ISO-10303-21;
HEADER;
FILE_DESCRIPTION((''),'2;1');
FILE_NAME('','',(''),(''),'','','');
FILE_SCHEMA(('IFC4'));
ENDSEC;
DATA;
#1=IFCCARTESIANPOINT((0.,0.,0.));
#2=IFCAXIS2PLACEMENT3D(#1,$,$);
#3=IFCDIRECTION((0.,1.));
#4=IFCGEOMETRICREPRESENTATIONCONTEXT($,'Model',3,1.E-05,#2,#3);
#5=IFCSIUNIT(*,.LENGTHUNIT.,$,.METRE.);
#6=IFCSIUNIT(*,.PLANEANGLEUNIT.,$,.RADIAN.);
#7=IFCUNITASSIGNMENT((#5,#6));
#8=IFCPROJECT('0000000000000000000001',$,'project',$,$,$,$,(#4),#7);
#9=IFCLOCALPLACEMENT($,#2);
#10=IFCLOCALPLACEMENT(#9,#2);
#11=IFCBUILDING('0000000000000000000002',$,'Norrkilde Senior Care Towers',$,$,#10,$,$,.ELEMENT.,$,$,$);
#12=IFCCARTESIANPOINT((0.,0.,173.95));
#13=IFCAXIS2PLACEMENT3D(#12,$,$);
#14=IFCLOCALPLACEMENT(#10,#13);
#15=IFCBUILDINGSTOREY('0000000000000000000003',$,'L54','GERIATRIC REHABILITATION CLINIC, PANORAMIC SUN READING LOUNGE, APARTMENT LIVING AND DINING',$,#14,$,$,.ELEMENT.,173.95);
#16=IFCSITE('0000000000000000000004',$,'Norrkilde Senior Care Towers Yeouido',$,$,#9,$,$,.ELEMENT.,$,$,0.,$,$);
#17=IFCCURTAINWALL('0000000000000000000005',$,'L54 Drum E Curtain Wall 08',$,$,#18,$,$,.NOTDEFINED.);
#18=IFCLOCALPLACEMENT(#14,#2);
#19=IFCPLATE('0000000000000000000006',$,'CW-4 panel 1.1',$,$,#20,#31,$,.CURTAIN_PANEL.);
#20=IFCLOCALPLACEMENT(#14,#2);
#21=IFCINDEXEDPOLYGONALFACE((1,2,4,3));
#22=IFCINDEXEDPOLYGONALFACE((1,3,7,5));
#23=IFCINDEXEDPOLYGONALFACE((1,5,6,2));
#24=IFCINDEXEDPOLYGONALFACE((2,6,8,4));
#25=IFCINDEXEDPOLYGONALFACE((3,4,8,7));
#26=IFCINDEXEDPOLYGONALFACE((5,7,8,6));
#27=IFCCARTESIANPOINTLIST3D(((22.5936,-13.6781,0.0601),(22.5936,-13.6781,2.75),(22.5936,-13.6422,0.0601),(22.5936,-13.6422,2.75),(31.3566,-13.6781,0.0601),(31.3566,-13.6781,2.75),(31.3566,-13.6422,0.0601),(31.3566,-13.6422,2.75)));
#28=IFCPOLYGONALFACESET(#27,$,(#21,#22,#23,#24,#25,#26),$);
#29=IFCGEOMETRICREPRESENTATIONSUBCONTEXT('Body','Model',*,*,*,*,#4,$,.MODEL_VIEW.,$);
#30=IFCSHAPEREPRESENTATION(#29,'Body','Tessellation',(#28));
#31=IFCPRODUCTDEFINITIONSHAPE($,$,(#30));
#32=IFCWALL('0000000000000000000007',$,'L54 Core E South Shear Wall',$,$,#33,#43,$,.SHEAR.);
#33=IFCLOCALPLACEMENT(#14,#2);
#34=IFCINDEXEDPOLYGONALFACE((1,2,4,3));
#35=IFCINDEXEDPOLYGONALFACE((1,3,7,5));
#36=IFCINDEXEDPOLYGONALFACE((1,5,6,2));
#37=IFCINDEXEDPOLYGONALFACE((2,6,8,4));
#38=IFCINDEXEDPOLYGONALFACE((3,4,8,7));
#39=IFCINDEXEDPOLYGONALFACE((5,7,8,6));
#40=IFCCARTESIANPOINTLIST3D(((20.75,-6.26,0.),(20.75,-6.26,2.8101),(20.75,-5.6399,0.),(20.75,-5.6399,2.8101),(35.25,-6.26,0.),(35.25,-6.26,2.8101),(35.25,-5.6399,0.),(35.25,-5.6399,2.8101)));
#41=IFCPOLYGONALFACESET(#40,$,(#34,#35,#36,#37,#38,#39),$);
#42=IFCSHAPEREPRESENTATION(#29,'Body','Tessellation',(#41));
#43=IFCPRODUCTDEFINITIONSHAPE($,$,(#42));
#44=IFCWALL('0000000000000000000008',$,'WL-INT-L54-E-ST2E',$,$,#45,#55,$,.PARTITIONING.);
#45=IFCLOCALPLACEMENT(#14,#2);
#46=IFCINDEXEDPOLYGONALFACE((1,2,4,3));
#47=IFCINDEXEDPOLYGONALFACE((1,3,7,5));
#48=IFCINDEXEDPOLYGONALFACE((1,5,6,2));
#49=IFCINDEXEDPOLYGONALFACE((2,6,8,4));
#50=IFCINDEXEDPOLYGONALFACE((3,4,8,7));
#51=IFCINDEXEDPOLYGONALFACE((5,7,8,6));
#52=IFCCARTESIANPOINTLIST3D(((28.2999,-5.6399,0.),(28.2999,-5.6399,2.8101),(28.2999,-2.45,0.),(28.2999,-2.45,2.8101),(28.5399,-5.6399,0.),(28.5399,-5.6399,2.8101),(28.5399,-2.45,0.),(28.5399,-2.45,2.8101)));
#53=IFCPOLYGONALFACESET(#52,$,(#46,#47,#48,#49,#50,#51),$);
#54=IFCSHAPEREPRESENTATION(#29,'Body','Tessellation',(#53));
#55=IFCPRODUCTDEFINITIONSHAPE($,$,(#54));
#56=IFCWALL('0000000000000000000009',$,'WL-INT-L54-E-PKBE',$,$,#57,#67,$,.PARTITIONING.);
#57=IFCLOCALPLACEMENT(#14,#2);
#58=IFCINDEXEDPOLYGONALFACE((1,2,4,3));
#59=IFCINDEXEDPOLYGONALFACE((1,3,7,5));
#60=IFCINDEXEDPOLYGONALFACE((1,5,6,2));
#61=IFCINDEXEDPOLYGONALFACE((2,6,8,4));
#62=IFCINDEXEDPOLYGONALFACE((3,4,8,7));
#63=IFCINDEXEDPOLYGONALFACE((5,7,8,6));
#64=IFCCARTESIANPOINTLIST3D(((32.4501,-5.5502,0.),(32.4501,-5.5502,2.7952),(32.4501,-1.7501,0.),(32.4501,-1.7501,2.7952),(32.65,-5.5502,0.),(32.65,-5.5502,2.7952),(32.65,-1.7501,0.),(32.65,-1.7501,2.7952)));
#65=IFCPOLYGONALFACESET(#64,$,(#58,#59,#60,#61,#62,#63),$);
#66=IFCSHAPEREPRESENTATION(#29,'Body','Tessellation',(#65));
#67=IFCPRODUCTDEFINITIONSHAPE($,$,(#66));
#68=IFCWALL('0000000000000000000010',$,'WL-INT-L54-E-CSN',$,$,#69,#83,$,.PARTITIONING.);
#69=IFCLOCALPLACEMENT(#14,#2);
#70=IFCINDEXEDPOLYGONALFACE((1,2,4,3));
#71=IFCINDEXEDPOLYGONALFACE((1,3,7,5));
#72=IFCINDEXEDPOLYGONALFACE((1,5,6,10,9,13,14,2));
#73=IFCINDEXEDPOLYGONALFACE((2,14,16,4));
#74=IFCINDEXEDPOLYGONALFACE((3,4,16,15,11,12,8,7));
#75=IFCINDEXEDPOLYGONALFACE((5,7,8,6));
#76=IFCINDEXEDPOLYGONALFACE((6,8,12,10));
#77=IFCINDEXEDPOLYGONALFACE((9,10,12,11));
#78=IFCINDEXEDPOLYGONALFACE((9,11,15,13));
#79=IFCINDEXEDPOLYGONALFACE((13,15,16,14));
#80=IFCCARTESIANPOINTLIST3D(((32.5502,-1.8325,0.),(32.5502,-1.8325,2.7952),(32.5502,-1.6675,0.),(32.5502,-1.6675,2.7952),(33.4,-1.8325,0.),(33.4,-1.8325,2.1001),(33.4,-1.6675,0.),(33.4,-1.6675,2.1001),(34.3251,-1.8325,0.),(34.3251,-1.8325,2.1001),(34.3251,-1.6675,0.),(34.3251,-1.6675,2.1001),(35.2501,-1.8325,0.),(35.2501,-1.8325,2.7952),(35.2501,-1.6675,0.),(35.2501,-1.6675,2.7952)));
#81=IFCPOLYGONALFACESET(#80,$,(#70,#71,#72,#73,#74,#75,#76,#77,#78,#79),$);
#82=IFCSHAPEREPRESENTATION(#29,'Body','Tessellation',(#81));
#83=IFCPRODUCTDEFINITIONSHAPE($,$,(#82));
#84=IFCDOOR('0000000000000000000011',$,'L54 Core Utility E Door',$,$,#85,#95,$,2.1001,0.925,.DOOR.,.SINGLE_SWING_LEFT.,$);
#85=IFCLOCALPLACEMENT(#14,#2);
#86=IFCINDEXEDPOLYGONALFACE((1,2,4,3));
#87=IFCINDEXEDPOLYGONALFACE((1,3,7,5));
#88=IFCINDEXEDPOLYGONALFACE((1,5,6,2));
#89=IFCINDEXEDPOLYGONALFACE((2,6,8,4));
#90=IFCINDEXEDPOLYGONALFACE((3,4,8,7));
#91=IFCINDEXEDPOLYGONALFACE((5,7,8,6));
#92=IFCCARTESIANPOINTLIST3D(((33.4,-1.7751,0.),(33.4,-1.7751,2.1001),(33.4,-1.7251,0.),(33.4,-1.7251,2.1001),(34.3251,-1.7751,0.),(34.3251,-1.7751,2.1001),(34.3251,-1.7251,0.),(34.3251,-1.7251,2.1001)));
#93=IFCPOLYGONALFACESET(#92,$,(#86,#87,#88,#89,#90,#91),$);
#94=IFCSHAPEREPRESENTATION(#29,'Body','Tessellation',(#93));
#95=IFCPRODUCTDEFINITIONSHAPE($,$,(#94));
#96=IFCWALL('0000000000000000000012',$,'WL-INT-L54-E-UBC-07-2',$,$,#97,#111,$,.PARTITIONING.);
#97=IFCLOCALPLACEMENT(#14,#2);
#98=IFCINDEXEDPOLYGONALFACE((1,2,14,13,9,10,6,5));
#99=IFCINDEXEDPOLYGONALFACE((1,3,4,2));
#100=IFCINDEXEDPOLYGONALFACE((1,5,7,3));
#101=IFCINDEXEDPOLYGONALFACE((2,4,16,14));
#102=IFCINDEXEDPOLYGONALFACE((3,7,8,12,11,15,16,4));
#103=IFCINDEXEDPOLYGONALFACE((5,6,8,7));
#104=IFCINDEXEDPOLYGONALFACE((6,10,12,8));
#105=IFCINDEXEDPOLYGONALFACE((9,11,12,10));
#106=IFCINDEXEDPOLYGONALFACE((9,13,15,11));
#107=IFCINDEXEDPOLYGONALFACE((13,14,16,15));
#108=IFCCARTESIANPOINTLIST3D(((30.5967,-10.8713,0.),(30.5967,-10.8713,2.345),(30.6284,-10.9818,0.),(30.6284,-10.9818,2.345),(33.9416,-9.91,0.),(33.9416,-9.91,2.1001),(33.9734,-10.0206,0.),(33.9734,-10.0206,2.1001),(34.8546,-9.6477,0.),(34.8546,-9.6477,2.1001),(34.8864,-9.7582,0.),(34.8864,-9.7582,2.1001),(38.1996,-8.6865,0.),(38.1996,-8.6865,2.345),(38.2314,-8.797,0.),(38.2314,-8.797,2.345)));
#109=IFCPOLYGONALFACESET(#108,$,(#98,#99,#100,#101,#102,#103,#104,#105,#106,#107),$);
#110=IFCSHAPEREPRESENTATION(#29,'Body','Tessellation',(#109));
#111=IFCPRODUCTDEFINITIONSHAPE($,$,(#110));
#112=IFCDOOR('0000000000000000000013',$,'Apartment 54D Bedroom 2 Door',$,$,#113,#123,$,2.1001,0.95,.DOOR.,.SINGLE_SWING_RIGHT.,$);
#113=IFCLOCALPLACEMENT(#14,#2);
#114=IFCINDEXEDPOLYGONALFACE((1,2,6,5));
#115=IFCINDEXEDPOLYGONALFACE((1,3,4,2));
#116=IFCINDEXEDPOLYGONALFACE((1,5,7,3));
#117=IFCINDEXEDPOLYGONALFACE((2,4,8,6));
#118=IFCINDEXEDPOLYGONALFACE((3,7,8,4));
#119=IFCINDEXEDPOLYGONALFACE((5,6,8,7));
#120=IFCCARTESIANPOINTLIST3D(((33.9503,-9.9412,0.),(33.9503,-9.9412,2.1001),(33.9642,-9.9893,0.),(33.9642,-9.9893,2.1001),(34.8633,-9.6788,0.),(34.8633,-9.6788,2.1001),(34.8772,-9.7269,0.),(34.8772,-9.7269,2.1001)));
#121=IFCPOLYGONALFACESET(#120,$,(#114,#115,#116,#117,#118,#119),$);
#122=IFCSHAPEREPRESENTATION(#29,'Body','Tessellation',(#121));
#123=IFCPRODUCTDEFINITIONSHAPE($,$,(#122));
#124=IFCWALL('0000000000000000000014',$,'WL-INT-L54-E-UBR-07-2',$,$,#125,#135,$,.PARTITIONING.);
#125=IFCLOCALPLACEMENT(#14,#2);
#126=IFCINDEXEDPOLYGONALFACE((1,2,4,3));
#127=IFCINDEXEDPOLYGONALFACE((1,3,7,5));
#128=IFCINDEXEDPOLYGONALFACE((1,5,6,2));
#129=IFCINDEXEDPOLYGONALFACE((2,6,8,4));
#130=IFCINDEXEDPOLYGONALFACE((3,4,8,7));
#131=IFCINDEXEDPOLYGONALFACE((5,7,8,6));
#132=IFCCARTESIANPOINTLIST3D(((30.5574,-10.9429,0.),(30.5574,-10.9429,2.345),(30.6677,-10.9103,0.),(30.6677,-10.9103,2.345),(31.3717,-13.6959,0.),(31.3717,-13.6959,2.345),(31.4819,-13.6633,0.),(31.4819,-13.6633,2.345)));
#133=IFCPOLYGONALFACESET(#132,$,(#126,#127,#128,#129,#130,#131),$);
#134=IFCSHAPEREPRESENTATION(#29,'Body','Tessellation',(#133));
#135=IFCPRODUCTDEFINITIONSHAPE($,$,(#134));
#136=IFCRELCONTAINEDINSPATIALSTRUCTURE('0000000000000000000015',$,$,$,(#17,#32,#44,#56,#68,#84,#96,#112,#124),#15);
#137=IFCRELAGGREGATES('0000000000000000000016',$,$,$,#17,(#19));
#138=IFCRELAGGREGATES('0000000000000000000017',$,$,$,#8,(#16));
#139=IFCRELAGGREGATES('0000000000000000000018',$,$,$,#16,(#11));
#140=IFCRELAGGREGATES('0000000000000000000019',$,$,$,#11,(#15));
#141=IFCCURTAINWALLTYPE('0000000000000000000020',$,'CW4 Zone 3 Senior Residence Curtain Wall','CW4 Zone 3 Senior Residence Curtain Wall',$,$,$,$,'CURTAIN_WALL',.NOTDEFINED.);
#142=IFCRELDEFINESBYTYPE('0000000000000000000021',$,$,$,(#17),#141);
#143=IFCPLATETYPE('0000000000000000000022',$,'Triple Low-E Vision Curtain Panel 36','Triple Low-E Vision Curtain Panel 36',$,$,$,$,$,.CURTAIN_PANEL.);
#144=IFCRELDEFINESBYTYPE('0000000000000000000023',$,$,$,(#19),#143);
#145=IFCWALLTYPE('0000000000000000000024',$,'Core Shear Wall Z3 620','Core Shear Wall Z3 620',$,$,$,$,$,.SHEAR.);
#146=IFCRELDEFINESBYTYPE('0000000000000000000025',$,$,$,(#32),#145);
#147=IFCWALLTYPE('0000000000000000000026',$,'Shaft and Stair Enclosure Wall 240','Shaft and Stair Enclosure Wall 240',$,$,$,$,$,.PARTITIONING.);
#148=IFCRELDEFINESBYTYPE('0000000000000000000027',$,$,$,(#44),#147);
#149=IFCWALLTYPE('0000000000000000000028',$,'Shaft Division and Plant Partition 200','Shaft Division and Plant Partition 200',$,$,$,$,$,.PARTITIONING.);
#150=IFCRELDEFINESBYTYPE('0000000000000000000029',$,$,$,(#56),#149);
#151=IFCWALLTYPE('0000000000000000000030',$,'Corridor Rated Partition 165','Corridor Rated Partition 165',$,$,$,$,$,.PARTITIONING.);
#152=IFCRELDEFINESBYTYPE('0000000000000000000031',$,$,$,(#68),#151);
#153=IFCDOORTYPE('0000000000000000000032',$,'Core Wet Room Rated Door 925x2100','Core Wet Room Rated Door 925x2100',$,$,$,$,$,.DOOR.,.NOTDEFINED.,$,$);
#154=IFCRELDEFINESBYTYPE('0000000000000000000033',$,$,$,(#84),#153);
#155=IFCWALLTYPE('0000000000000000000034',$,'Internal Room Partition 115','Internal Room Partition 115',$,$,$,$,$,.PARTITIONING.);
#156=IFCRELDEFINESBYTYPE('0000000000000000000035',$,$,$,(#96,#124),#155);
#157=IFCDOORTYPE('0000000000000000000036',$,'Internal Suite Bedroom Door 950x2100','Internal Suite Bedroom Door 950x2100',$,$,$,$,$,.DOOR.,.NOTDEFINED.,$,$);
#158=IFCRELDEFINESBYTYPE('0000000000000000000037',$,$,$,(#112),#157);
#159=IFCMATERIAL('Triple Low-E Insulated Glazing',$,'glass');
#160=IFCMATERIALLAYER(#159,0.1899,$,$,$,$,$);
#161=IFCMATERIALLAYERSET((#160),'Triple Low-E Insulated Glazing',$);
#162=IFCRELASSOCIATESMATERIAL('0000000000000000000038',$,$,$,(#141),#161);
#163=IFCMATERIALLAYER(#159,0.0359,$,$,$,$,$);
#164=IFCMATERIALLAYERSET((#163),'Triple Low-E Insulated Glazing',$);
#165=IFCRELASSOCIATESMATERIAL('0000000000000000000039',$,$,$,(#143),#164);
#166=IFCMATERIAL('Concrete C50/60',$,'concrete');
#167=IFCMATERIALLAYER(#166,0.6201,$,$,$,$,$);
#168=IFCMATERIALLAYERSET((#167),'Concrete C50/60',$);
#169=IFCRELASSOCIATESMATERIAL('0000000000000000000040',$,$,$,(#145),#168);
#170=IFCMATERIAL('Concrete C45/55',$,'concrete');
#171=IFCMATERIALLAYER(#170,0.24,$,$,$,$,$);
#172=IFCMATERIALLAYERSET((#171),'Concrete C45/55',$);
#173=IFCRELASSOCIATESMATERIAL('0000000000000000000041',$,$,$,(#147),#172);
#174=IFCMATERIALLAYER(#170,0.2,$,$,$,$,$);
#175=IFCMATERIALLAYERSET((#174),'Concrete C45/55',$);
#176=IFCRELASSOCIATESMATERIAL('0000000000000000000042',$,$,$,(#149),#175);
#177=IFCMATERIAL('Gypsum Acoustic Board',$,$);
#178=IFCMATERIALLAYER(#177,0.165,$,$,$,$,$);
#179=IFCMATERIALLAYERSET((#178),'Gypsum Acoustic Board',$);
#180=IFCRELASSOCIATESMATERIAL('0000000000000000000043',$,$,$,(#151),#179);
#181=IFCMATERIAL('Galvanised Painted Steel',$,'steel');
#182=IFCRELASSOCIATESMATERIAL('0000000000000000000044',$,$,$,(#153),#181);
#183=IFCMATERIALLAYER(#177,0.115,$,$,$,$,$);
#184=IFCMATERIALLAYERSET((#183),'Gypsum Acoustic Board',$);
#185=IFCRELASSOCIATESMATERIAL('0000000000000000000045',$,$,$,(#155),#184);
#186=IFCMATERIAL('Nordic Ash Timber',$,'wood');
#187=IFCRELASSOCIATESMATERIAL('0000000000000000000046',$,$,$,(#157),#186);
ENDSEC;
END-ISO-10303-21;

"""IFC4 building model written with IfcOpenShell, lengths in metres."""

from ifc_helpers import new_model, si_unit, direction, frame, frame_2d, origin, origin_2d, place, context, subcontext, project, spatial, rectangle, extrude, source, transform, mapped, material, layer, layer_set, type_object, type_shapes, element, fill, aggregate, save


model = new_model("IFC4")

# Units and contexts
model_context = context("Model", 3, precision=1e-05, world=origin(), true_north=direction((0.0, 1.0)))
body_context = subcontext(model_context, "Body", "Model", "MODEL_VIEW")
ifc_project = project(units=[si_unit("LENGTHUNIT", "METRE"), si_unit("PLANEANGLEUNIT", "RADIAN")], contexts=[model_context])

# Site, building, storey
site_placement = place(None, origin())
site = spatial("IfcSite", under=ifc_project, at=site_placement, Name="Norrkilde Senior Care Towers Yeouido", CompositionType="ELEMENT", RefElevation=0.0)
building_placement = place(site_placement, origin())
building = spatial("IfcBuilding", under=site, at=building_placement, Name="Norrkilde Senior Care Towers", CompositionType="ELEMENT")
storey_placement = place(building_placement, frame((0.0, 0.0, 173.95)))
storey = spatial("IfcBuildingStorey", under=building, at=storey_placement, Name="L54", Description="GERIATRIC REHABILITATION CLINIC, PANORAMIC SUN READING LOUNGE, APARTMENT LIVING AND DINING", CompositionType="ELEMENT", Elevation=173.95)

# Shared definitions
ifc_material_1 = material(Name="Concrete C50/60", Category="concrete")

# Curtain wall
ifc_material_2 = material(Name="Triple Low-E Insulated Glazing", Category="glass")
ifc_layer_1 = layer(ifc_material_2, 0.1899)
ifc_layer_set_1 = layer_set([ifc_layer_1], Name="Triple Low-E Insulated Glazing")
curtain_wall_type = type_object("IfcCurtainWallType", Name="CW4 Zone 3 Senior Residence Curtain Wall", Description="CW4 Zone 3 Senior Residence Curtain Wall", ElementType="CURTAIN_WALL", PredefinedType="NOTDEFINED", material=ifc_layer_set_1)
curtain_wall_1_placement = place(storey_placement, origin())
curtain_wall_1 = element("IfcCurtainWall", 1, at=curtain_wall_1_placement, inside=storey, type_object=curtain_wall_type, Name="L54 Drum E Curtain Wall 08", PredefinedType="NOTDEFINED")

# Plate
ifc_layer_2 = layer(ifc_material_2, 0.0359)
ifc_layer_set_2 = layer_set([ifc_layer_2], Name="Triple Low-E Insulated Glazing")
plate_type = type_object("IfcPlateType", Name="Triple Low-E Vision Curtain Panel 36", Description="Triple Low-E Vision Curtain Panel 36", PredefinedType="CURTAIN_PANEL", material=ifc_layer_set_2)
shared_shape_1 = source(origin(), body_context, "Body", "SweptSolid", [
    extrude(rectangle(XDim=8.7629, YDim=0.0359, at=origin_2d()), origin(), (0.0, 0.0, 1.0), 2.6899),
])
plate_1_placement = place(storey_placement, frame((26.9751, -13.6602, 0.0601), z_axis=(0.0, 0.0, 1.0), x_axis=(-1.0, 0.0, 0.0)))
plate_1 = element("IfcPlate", 2, at=plate_1_placement, type_object=plate_type, Name="CW-4 panel 1.1", PredefinedType="CURTAIN_PANEL", context=body_context, shape_type="MappedRepresentation", body=[
    mapped(shared_shape_1, transform((0.0, 0.0, 0.0), x_axis=(1.0, 0.0, 0.0), y_axis=(0.0, 1.0, 0.0), z_axis=(0.0, 0.0, 1.0), scale=1.0)),
])
aggregate(curtain_wall_1, [plate_1])

# Walls
ifc_layer_3 = layer(ifc_material_1, 0.6201)
ifc_layer_set_3 = layer_set([ifc_layer_3], Name="Concrete C50/60")
wall_type_1 = type_object("IfcWallType", Name="Core Shear Wall Z3 620", Description="Core Shear Wall Z3 620", PredefinedType="SHEAR", material=ifc_layer_set_3)
shared_shape_2 = source(origin(), body_context, "Body", "SweptSolid", [
    extrude(rectangle(XDim=14.5, YDim=0.6201, at=frame_2d((7.25, 0.0))), origin(), (0.0, 0.0, 1.0), 2.8101),
])
type_shapes(wall_type_1, [shared_shape_2])
wall_1_placement = place(storey_placement, frame((35.25, -5.95, 0.0), z_axis=(0.0, 0.0, 1.0), x_axis=(-1.0, 0.0, 0.0)))
element("IfcWall", 3, at=wall_1_placement, inside=storey, type_object=wall_type_1, Name="L54 Core E South Shear Wall", PredefinedType="SHEAR", context=body_context, shape_type="MappedRepresentation", body=[
    mapped(shared_shape_2, transform((0.0, 0.0, 0.0), x_axis=(1.0, 0.0, 0.0), y_axis=(0.0, 1.0, 0.0), z_axis=(0.0, 0.0, 1.0), scale=1.0)),
])
ifc_material_3 = material(Name="Concrete C45/55", Category="concrete")
ifc_layer_4 = layer(ifc_material_3, 0.24)
ifc_layer_set_4 = layer_set([ifc_layer_4], Name="Concrete C45/55")
wall_type_2 = type_object("IfcWallType", Name="Shaft and Stair Enclosure Wall 240", Description="Shaft and Stair Enclosure Wall 240", PredefinedType="PARTITIONING", material=ifc_layer_set_4)
shared_shape_3 = source(origin(), body_context, "Body", "SweptSolid", [
    extrude(rectangle(XDim=3.1899, YDim=0.24, at=frame_2d((1.595, 0.0))), origin(), (0.0, 0.0, 1.0), 2.8101),
])
type_shapes(wall_type_2, [shared_shape_3])
wall_2_placement = place(storey_placement, frame((28.4199, -5.6399, 0.0), z_axis=(0.0, 0.0, 1.0), x_axis=(0.0, 1.0, 0.0)))
element("IfcWall", 4, at=wall_2_placement, inside=storey, type_object=wall_type_2, Name="WL-INT-L54-E-ST2E", PredefinedType="PARTITIONING", context=body_context, shape_type="MappedRepresentation", body=[
    mapped(shared_shape_3, transform((0.0, 0.0, 0.0), x_axis=(1.0, 0.0, 0.0), y_axis=(0.0, 1.0, 0.0), z_axis=(0.0, 0.0, 1.0), scale=1.0)),
])
ifc_layer_5 = layer(ifc_material_3, 0.2)
ifc_layer_set_5 = layer_set([ifc_layer_5], Name="Concrete C45/55")
wall_type_3 = type_object("IfcWallType", Name="Shaft Division and Plant Partition 200", Description="Shaft Division and Plant Partition 200", PredefinedType="PARTITIONING", material=ifc_layer_set_5)
shared_shape_4 = source(origin(), body_context, "Body", "SweptSolid", [
    extrude(rectangle(XDim=3.8, YDim=0.2, at=frame_2d((1.8999, 0.0))), origin(), (0.0, 0.0, 1.0), 2.7952),
])
type_shapes(wall_type_3, [shared_shape_4])
wall_3_placement = place(storey_placement, frame((32.55, -5.55, 0.0), z_axis=(0.0, 0.0, 1.0), x_axis=(0.0, 1.0, 0.0)))
element("IfcWall", 5, at=wall_3_placement, inside=storey, type_object=wall_type_3, Name="WL-INT-L54-E-PKBE", PredefinedType="PARTITIONING", context=body_context, shape_type="MappedRepresentation", body=[
    mapped(shared_shape_4, transform((0.0, 0.0, 0.0), x_axis=(1.0, 0.0, 0.0), y_axis=(0.0, 1.0, 0.0), z_axis=(0.0, 0.0, 1.0), scale=1.0)),
])

# Walls, openings, doors
ifc_material_4 = material(Name="Gypsum Acoustic Board")
ifc_layer_6 = layer(ifc_material_4, 0.165)
ifc_layer_set_6 = layer_set([ifc_layer_6], Name="Gypsum Acoustic Board")
wall_type_4 = type_object("IfcWallType", Name="Corridor Rated Partition 165", Description="Corridor Rated Partition 165", PredefinedType="PARTITIONING", material=ifc_layer_set_6)
shared_shape_5 = source(origin(), body_context, "Body", "SweptSolid", [
    extrude(rectangle(XDim=2.7, YDim=0.165, at=frame_2d((1.3501, 0.0))), origin(), (0.0, 0.0, 1.0), 2.7952),
])
wall_4_placement = place(storey_placement, frame((32.55, -1.75, 0.0), z_axis=(0.0, 0.0, 1.0), x_axis=(1.0, 0.0, 0.0)))
wall_4 = element("IfcWall", 6, at=wall_4_placement, inside=storey, type_object=wall_type_4, Name="WL-INT-L54-E-CSN", PredefinedType="PARTITIONING", context=body_context, shape_type="MappedRepresentation", body=[
    mapped(shared_shape_5, transform((0.0, 0.0, 0.0), x_axis=(1.0, 0.0, 0.0), y_axis=(0.0, 1.0, 0.0), z_axis=(0.0, 0.0, 1.0), scale=1.0)),
])
opening_1_placement = place(wall_4_placement, frame((0.8501, 0.0, 0.0)))
opening_1 = element("IfcOpeningElement", 7, at=opening_1_placement, cuts=wall_4, PredefinedType="OPENING", context=body_context, shape_type="SweptSolid", body=[
    extrude(rectangle(XDim=0.925, YDim=2.1001, at=frame_2d((0.4624, 1.05))), frame((0.0, 0.0925, 0.0), z_axis=(0.0, -1.0, 0.0), x_axis=(1.0, 0.0, 0.0)), (0.0, 0.0, 1.0), 0.1851),
])
ifc_material_5 = material(Name="Galvanised Painted Steel", Category="steel")
door_type_1 = type_object("IfcDoorType", Name="Core Wet Room Rated Door 925x2100", Description="Core Wet Room Rated Door 925x2100", OperationType="NOTDEFINED", PredefinedType="DOOR", material=ifc_material_5)
shared_shape_6 = source(origin(), body_context, "Body", "SweptSolid", [
    extrude(rectangle(XDim=0.925, YDim=2.1001, at=frame_2d((0.4624, 1.05))), frame((0.0, 0.0249, 0.0), z_axis=(0.0, -1.0, 0.0), x_axis=(1.0, 0.0, 0.0)), (0.0, 0.0, 1.0), 0.05),
])
type_shapes(door_type_1, [shared_shape_6])
door_1_placement = place(opening_1_placement, origin())
door_1 = element("IfcDoor", 8, at=door_1_placement, inside=storey, type_object=door_type_1, Name="L54 Core Utility E Door", OperationType="SINGLE_SWING_LEFT", OverallHeight=2.1001, OverallWidth=0.925, PredefinedType="DOOR", context=body_context, shape_type="MappedRepresentation", body=[
    mapped(shared_shape_6, transform((0.0, 0.0, 0.0), x_axis=(1.0, 0.0, 0.0), y_axis=(0.0, 1.0, 0.0), z_axis=(0.0, 0.0, 1.0), scale=1.0)),
])
fill(opening_1, door_1)
ifc_layer_7 = layer(ifc_material_4, 0.115)
ifc_layer_set_7 = layer_set([ifc_layer_7], Name="Gypsum Acoustic Board")
wall_type_5 = type_object("IfcWallType", Name="Internal Room Partition 115", Description="Internal Room Partition 115", PredefinedType="PARTITIONING", material=ifc_layer_set_7)
shared_shape_7 = source(origin(), body_context, "Body", "SweptSolid", [
    extrude(rectangle(XDim=7.9106, YDim=0.115, at=frame_2d((3.9553, 0.0))), origin(), (0.0, 0.0, 1.0), 2.345),
])
wall_5_placement = place(storey_placement, frame((30.6125, -10.9265, 0.0), z_axis=(0.0, 0.0, 1.0), x_axis=(0.961105, 0.276184, 0.0)))
wall_5 = element("IfcWall", 9, at=wall_5_placement, inside=storey, type_object=wall_type_5, Name="WL-INT-L54-E-UBC-07-2", PredefinedType="PARTITIONING", context=body_context, shape_type="MappedRepresentation", body=[
    mapped(shared_shape_7, transform((0.0, 0.0, 0.0), x_axis=(1.0, 0.0, 0.0), y_axis=(0.0, 1.0, 0.0), z_axis=(0.0, 0.0, 1.0), scale=1.0)),
])
opening_2_placement = place(wall_5_placement, frame((3.4802, 0.0, 0.0)))
opening_2 = element("IfcOpeningElement", 10, at=opening_2_placement, cuts=wall_5, PredefinedType="OPENING", context=body_context, shape_type="SweptSolid", body=[
    extrude(rectangle(XDim=0.95, YDim=2.1001, at=frame_2d((0.4751, 1.05))), frame((0.0, 0.0674, 0.0), z_axis=(0.0, -1.0, 0.0), x_axis=(1.0, 0.0, 0.0)), (0.0, 0.0, 1.0), 0.135),
])
ifc_material_6 = material(Name="Nordic Ash Timber", Category="wood")
door_type_2 = type_object("IfcDoorType", Name="Internal Suite Bedroom Door 950x2100", Description="Internal Suite Bedroom Door 950x2100", OperationType="NOTDEFINED", PredefinedType="DOOR", material=ifc_material_6)
shared_shape_8 = source(origin(), body_context, "Body", "SweptSolid", [
    extrude(rectangle(XDim=0.95, YDim=2.1001, at=frame_2d((0.4751, 1.05))), frame((0.0, 0.0249, 0.0), z_axis=(0.0, -1.0, 0.0), x_axis=(1.0, 0.0, 0.0)), (0.0, 0.0, 1.0), 0.05),
])
type_shapes(door_type_2, [shared_shape_8])
door_2_placement = place(opening_2_placement, frame((0.95, 0.0, 0.0), z_axis=(0.0, 0.0, 1.0), x_axis=(-1.0, 0.0, 0.0)))
door_2 = element("IfcDoor", 11, at=door_2_placement, inside=storey, type_object=door_type_2, Name="Apartment 54D Bedroom 2 Door", OperationType="SINGLE_SWING_RIGHT", OverallHeight=2.1001, OverallWidth=0.95, PredefinedType="DOOR", context=body_context, shape_type="MappedRepresentation", body=[
    mapped(shared_shape_8, transform((0.0, 0.0, 0.0), x_axis=(1.0, 0.0, 0.0), y_axis=(0.0, 1.0, 0.0), z_axis=(0.0, 0.0, 1.0), scale=1.0)),
])
fill(opening_2, door_2)

# Wall
shared_shape_9 = source(origin(), body_context, "Body", "SweptSolid", [
    extrude(rectangle(XDim=2.8708, YDim=0.115, at=frame_2d((1.4355, 0.0))), origin(), (0.0, 0.0, 1.0), 2.345),
])
type_shapes(wall_type_5, [shared_shape_7, shared_shape_9])
wall_6_placement = place(storey_placement, frame((30.6125, -10.9265, 0.0), z_axis=(0.0, 0.0, 1.0), x_axis=(0.283616, -0.958938, 0.0)))
element("IfcWall", 12, at=wall_6_placement, inside=storey, type_object=wall_type_5, Name="WL-INT-L54-E-UBR-07-2", PredefinedType="PARTITIONING", context=body_context, shape_type="MappedRepresentation", body=[
    mapped(shared_shape_9, transform((0.0, 0.0, 0.0), x_axis=(1.0, 0.0, 0.0), y_axis=(0.0, 1.0, 0.0), z_axis=(0.0, 0.0, 1.0), scale=1.0)),
])

save(model, "model.ifc")
